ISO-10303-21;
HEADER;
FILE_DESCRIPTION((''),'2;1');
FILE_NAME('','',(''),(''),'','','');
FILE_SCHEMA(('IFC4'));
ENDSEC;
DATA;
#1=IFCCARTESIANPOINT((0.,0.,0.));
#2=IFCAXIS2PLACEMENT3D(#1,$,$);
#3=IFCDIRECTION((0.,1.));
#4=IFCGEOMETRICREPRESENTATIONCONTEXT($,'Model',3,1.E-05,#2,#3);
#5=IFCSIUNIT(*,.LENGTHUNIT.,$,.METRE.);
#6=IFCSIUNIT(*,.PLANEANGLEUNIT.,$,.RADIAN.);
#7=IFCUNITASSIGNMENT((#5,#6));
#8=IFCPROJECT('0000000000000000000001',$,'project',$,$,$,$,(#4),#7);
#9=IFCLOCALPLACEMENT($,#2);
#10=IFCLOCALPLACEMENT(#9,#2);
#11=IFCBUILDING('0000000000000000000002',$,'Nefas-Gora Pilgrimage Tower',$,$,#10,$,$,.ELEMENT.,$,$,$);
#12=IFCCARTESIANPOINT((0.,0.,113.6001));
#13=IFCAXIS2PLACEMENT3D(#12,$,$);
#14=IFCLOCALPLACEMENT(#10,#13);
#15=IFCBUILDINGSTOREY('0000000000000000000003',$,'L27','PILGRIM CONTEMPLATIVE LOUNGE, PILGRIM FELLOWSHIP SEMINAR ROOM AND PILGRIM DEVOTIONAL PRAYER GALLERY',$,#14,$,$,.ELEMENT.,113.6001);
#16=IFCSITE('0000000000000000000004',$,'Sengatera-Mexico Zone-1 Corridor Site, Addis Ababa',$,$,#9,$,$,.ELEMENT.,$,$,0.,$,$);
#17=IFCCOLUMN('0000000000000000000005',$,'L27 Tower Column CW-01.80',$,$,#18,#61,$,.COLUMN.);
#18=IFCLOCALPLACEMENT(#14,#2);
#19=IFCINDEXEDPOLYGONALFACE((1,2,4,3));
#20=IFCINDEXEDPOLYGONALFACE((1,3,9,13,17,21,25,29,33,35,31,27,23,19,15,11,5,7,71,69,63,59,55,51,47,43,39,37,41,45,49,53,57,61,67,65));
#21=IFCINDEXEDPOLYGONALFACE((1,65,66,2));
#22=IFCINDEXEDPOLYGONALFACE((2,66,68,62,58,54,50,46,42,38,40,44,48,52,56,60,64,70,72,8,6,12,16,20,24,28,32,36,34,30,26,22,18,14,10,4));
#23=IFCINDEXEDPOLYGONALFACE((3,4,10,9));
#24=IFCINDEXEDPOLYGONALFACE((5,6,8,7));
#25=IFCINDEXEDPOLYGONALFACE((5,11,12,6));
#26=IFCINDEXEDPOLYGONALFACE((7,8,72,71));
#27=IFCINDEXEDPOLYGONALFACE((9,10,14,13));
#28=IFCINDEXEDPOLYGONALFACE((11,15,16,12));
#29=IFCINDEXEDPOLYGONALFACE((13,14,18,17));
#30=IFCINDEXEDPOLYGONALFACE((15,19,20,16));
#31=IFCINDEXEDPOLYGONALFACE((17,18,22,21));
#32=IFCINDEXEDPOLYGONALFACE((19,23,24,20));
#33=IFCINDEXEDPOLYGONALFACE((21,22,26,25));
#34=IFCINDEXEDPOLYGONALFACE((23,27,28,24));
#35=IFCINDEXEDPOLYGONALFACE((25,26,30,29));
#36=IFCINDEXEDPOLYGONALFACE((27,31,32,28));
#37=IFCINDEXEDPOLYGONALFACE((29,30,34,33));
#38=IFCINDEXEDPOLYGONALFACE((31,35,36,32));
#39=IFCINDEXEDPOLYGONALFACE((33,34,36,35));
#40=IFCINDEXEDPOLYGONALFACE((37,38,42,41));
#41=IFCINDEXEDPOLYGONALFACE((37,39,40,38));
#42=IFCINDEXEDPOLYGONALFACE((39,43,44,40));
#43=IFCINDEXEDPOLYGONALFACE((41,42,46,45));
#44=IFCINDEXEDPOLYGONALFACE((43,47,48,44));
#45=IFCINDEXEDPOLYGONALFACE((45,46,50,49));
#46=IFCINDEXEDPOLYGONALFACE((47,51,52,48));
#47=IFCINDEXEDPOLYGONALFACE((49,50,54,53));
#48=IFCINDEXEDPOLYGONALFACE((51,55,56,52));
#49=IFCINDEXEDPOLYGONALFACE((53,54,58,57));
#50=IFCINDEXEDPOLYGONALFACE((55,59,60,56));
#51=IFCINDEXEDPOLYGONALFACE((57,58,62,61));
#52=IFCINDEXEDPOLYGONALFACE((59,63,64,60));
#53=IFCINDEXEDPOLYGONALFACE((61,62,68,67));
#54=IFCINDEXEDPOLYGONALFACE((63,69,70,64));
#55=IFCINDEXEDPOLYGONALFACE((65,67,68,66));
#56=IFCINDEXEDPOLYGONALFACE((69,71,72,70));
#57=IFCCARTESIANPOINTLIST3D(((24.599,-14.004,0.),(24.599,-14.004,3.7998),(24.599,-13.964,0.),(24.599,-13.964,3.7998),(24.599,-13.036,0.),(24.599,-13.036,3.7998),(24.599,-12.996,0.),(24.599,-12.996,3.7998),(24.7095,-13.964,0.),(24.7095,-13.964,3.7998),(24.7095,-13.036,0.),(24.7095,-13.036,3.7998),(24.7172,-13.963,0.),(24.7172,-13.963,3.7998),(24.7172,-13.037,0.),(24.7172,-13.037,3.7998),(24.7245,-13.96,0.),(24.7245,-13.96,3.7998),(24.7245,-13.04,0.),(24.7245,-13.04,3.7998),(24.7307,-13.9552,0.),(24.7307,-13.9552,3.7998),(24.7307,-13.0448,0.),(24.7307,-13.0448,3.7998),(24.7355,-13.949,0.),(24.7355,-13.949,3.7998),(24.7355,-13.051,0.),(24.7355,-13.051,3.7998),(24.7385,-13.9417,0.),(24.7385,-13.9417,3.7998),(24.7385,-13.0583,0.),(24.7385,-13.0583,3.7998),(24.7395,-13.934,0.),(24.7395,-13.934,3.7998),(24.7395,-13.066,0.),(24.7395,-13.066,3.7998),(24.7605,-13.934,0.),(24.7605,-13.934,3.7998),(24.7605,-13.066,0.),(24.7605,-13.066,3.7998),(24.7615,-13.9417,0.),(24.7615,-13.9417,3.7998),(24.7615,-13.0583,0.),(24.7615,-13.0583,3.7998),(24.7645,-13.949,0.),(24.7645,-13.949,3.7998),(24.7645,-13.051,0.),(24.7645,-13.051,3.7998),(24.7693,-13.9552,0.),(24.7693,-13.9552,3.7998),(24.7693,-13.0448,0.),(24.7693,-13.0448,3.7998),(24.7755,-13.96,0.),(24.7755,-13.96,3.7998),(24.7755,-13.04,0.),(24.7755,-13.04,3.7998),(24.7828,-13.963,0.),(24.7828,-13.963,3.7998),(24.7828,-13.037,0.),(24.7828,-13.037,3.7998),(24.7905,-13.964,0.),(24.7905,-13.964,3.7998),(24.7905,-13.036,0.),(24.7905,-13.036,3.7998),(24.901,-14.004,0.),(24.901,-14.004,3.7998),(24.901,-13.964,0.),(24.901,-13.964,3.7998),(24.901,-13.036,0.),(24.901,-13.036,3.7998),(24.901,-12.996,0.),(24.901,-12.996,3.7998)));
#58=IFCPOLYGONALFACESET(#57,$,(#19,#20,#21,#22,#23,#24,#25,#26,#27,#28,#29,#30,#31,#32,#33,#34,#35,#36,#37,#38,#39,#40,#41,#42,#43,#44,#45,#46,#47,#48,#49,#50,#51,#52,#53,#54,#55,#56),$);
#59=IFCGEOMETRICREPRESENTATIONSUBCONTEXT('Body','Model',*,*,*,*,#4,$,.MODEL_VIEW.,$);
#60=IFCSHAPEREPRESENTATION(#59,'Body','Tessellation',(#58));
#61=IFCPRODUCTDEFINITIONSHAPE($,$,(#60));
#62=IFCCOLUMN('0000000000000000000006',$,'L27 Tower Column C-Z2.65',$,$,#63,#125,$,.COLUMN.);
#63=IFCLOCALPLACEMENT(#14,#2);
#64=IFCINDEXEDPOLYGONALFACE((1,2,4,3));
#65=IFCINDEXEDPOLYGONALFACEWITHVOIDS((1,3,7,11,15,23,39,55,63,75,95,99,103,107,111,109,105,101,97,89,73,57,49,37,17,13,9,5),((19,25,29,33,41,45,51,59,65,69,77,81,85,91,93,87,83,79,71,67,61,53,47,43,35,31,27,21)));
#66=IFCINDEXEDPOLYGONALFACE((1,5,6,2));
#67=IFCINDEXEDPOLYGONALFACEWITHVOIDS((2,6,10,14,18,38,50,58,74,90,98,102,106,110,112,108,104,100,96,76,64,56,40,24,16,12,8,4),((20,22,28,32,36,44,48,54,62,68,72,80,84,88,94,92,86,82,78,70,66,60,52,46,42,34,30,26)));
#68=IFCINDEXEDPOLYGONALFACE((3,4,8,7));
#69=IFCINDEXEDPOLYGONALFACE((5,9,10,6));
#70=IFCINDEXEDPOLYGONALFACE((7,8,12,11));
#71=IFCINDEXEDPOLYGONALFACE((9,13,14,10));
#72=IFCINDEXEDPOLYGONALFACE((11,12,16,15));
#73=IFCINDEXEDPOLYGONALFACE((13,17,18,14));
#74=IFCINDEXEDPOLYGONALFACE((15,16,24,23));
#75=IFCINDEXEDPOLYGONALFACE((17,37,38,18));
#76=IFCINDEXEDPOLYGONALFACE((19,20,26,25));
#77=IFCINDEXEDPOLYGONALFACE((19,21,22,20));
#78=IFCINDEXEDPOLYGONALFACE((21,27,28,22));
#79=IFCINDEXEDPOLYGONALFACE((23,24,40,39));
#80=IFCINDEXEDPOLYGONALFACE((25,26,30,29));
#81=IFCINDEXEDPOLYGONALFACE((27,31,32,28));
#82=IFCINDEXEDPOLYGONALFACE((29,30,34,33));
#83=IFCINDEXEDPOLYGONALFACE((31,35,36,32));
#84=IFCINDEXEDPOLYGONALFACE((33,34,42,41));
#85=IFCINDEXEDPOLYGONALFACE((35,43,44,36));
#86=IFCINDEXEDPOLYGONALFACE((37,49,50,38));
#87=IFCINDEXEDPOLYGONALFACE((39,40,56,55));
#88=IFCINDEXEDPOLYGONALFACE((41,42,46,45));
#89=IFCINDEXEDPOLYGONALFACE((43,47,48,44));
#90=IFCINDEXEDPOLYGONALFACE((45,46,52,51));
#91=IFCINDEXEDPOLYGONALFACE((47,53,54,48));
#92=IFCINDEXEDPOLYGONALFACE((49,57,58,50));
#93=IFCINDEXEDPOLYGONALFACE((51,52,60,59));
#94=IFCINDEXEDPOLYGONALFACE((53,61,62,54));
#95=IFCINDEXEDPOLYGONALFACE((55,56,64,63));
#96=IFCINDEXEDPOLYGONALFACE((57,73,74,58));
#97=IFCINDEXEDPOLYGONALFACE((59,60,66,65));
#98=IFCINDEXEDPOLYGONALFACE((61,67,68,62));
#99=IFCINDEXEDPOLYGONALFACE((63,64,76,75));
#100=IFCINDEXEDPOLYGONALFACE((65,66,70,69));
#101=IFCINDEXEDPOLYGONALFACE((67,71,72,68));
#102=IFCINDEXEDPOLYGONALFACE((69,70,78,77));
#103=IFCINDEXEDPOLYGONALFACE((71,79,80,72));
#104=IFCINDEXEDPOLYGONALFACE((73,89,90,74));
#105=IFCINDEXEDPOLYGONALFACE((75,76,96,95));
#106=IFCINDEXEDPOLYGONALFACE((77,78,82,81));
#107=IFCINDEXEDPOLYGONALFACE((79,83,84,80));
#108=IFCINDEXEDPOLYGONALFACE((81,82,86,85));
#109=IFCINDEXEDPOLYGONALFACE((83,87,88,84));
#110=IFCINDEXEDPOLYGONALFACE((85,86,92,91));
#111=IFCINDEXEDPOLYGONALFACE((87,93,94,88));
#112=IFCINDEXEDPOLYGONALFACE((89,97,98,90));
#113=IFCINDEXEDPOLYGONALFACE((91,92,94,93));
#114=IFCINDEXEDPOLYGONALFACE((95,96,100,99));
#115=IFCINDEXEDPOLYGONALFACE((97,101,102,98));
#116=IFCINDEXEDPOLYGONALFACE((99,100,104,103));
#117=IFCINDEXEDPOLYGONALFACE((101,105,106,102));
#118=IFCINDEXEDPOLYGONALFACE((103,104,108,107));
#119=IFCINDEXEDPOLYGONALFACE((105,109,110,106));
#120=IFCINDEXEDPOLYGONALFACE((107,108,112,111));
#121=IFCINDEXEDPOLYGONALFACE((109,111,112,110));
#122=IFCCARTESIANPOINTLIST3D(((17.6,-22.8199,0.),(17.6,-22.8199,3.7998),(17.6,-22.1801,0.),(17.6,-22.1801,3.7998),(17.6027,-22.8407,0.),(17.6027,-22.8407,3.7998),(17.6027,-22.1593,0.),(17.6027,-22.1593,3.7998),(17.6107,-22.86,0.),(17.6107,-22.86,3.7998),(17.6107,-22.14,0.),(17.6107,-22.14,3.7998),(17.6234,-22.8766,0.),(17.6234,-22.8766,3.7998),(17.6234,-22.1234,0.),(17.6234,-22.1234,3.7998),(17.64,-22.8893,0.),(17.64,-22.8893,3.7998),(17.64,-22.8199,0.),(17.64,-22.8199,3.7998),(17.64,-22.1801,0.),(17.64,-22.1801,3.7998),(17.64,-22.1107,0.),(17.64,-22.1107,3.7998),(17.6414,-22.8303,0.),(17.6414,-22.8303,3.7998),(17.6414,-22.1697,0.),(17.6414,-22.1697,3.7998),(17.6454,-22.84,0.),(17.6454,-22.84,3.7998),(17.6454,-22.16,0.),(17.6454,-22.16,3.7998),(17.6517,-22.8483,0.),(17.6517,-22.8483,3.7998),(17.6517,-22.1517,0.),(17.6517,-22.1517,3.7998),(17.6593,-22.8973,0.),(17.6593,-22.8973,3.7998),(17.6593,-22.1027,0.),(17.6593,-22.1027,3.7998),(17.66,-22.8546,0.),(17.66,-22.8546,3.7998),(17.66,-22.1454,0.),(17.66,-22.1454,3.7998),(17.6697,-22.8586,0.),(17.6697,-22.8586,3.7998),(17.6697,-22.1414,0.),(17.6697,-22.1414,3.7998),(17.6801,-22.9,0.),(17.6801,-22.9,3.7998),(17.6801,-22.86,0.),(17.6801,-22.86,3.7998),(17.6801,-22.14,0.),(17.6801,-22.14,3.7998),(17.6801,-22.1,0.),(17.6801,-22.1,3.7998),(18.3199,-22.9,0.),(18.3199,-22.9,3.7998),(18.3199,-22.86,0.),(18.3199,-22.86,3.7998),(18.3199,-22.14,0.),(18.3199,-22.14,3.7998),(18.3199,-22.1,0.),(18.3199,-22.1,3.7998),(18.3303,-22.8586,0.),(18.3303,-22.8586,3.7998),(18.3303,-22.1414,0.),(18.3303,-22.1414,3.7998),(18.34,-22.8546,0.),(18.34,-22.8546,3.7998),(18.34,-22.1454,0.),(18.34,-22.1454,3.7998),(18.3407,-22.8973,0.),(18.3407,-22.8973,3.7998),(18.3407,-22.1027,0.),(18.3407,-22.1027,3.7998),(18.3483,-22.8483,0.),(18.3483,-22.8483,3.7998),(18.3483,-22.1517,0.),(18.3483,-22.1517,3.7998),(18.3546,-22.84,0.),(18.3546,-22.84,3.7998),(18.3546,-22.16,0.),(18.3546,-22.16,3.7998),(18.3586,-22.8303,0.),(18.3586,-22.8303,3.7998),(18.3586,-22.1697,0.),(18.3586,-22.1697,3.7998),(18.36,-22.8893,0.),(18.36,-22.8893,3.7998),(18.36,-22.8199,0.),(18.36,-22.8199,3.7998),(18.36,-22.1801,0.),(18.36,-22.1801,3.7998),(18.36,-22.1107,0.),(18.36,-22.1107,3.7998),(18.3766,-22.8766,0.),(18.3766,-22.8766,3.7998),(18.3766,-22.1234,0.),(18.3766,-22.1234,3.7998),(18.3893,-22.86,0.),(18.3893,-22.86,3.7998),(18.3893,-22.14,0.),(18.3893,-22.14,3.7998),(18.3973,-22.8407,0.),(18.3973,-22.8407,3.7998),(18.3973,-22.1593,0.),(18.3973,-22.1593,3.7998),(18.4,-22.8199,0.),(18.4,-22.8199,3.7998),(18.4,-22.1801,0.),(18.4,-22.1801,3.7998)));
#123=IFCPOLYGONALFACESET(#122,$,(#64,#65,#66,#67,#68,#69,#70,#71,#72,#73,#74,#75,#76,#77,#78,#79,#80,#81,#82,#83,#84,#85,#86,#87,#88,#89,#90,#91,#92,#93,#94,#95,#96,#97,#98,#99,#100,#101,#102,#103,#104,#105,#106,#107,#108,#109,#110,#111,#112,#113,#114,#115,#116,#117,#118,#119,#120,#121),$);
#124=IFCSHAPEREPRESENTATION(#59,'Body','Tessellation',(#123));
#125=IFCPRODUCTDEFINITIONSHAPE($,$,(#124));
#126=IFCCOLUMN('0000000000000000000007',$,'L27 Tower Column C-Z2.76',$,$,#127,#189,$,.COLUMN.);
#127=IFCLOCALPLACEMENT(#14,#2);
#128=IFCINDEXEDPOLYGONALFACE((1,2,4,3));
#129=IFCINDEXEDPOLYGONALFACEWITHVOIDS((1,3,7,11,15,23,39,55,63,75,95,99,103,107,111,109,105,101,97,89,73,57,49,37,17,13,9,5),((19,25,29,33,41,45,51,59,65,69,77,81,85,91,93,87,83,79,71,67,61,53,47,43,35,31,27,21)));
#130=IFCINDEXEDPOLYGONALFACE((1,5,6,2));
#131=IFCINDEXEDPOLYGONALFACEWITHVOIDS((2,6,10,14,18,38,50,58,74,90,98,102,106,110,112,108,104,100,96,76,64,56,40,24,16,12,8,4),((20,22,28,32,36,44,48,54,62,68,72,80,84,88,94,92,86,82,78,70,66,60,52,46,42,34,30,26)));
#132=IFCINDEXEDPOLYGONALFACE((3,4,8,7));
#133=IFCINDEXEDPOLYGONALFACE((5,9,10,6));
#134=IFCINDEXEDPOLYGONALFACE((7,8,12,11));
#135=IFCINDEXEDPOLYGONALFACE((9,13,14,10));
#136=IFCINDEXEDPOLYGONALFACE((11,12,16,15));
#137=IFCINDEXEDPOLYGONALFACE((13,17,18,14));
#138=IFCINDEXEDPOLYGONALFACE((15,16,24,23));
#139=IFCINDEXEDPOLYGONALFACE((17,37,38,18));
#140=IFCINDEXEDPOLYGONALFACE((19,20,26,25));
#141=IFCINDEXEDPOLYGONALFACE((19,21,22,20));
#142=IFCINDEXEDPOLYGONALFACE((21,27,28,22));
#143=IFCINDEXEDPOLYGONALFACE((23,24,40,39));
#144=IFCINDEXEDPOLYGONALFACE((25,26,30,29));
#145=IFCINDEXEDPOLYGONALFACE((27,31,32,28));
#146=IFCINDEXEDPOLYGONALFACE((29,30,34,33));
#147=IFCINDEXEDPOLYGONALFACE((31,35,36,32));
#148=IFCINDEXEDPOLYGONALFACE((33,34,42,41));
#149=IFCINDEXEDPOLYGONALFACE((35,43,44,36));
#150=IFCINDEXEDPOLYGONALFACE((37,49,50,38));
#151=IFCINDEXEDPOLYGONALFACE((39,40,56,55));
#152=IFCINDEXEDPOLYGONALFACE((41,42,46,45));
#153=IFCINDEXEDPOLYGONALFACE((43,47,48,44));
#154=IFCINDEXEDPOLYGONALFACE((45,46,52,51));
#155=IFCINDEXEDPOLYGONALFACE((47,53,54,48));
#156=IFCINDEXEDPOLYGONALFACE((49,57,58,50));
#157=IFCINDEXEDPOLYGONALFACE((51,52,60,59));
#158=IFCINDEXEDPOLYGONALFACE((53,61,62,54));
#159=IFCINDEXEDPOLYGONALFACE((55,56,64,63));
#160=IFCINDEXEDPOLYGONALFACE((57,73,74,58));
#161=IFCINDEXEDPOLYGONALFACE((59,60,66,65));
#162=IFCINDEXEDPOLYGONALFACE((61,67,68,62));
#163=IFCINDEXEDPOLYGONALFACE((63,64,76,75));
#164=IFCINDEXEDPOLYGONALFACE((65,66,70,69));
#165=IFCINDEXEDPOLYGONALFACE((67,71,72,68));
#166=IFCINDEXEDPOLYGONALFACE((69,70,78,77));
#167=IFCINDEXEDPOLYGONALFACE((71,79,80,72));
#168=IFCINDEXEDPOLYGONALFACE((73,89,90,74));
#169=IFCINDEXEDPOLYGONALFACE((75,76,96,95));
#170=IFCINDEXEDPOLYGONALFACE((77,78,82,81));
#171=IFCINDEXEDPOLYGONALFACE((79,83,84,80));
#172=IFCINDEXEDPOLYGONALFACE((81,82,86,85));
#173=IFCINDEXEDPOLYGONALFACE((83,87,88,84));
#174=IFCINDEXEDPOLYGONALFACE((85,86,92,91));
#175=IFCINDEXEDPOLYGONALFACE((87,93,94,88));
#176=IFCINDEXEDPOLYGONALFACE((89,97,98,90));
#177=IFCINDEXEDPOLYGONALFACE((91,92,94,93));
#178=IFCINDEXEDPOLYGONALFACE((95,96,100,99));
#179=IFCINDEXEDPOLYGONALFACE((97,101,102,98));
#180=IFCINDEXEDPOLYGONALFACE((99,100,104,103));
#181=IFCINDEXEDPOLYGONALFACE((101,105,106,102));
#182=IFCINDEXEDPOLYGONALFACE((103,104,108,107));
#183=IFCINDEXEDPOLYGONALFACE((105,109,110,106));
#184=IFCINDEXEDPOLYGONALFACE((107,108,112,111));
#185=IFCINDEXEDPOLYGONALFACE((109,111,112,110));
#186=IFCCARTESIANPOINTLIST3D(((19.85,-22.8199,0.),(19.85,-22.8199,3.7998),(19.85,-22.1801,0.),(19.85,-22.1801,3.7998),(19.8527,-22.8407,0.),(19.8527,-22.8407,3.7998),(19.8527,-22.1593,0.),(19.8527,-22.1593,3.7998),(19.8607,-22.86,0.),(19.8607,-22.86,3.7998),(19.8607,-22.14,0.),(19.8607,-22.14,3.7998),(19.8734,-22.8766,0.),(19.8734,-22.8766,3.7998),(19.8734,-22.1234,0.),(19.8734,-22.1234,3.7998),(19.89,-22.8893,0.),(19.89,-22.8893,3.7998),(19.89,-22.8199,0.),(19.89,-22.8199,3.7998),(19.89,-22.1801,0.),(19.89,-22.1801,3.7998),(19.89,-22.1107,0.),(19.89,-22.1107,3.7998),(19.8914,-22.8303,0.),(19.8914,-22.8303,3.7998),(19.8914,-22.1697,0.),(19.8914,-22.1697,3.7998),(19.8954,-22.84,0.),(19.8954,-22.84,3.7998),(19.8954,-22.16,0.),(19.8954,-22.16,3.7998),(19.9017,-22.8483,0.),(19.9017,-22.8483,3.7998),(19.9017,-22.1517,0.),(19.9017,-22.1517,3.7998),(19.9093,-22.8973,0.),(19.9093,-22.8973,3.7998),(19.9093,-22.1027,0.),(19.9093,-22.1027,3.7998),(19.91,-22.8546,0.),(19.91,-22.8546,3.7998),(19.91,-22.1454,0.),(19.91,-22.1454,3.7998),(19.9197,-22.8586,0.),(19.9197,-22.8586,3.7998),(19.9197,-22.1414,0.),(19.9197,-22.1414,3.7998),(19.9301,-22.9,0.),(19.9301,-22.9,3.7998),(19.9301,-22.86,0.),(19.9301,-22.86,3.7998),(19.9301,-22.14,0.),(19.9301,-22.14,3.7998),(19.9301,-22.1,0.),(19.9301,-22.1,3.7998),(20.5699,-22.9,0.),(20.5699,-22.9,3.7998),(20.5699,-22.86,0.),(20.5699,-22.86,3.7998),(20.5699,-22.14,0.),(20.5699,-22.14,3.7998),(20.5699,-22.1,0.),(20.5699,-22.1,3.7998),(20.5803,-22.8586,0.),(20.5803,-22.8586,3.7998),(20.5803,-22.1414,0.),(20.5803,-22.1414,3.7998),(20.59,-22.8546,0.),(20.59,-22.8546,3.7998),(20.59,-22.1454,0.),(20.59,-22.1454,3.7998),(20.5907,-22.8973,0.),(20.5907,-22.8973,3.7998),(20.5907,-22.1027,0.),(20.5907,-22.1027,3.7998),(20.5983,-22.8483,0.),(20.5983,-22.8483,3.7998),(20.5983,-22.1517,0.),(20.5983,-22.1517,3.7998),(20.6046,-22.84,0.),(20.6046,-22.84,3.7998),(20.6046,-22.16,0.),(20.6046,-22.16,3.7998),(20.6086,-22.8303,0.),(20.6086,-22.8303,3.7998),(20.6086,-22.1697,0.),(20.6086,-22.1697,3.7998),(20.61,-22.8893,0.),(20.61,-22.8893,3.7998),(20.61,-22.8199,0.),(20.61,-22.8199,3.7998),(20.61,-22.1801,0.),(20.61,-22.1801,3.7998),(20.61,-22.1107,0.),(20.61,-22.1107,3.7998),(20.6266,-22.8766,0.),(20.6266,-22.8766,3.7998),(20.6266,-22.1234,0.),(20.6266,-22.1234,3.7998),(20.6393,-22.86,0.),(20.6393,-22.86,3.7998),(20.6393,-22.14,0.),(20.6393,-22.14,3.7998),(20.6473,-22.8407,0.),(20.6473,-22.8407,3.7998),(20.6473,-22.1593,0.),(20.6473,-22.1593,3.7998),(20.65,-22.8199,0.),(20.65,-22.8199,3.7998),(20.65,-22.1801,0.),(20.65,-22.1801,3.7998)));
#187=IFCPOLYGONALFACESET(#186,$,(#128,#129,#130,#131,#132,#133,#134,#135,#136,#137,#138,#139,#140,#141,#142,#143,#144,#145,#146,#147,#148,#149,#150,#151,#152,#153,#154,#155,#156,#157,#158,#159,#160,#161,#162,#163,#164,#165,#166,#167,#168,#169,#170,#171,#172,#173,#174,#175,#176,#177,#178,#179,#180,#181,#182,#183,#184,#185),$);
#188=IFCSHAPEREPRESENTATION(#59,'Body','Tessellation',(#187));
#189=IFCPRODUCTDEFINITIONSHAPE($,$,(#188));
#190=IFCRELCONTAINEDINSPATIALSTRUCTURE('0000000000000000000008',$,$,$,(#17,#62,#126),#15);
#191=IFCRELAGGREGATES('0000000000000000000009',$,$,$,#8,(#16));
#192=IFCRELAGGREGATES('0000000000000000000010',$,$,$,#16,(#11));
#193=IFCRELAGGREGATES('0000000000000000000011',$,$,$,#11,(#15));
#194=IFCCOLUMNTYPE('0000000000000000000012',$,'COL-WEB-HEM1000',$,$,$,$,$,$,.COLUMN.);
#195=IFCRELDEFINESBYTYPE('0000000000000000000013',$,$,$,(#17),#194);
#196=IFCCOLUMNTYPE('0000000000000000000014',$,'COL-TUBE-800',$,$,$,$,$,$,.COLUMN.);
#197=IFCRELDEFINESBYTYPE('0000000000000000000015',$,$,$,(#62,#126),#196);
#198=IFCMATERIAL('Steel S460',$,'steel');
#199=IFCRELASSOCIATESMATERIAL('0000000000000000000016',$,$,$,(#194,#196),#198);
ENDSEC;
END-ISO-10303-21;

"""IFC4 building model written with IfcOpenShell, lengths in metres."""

from ifc_helpers import new_model, si_unit, direction, frame, origin, origin_2d, place, context, subcontext, project, spatial, hollow_rectangle, i_section, extrude, source, transform, mapped, material, material_profile, profile_set, type_object, element, save


model = new_model("IFC4")

# Units and contexts
model_context = context("Model", 3, precision=1e-05, world=origin(), true_north=direction((0.0, 1.0)))
body_context = subcontext(model_context, "Body", "Model", "MODEL_VIEW")
ifc_project = project(units=[si_unit("LENGTHUNIT", "METRE"), si_unit("PLANEANGLEUNIT", "RADIAN")], contexts=[model_context])

# Site, building, storey
site_placement = place(None, origin())
site = spatial("IfcSite", under=ifc_project, at=site_placement, Name="Sengatera-Mexico Zone-1 Corridor Site, Addis Ababa", CompositionType="ELEMENT", RefElevation=0.0)
building_placement = place(site_placement, origin())
building = spatial("IfcBuilding", under=site, at=building_placement, Name="Nefas-Gora Pilgrimage Tower", CompositionType="ELEMENT")
storey_placement = place(building_placement, frame((0.0, 0.0, 113.6001)))
storey = spatial("IfcBuildingStorey", under=building, at=storey_placement, Name="L27", Description="PILGRIM CONTEMPLATIVE LOUNGE, PILGRIM FELLOWSHIP SEMINAR ROOM AND PILGRIM DEVOTIONAL PRAYER GALLERY", CompositionType="ELEMENT", Elevation=113.6001)

# Columns
ifc_material_1 = material(Name="Steel S460", Category="steel")
ifc_material_profile_1 = material_profile(ifc_material_1, i_section(OverallWidth=0.302, OverallDepth=1.0081, WebThickness=0.021, FlangeThickness=0.04, FilletRadius=0.03, at=origin_2d()), Name="HEM 1000")
ifc_profile_set_1 = profile_set([ifc_material_profile_1], Name="Steel S460")
column_type_1 = type_object("IfcColumnType", Name="COL-WEB-HEM1000", PredefinedType="COLUMN", material=ifc_profile_set_1)
shared_shape_1 = source(origin(), body_context, "Body", "SweptSolid", [
    extrude(i_section(OverallWidth=0.302, OverallDepth=1.0081, WebThickness=0.021, FlangeThickness=0.04, FilletRadius=0.03, at=origin_2d()), origin(), (0.0, 0.0, 1.0), 3.7998),
])
for number, where, z_axis, x_axis, name in (
    (1, (24.75, -13.5, 0.0), (0.0, 0.0, 1.0), (1.0, 0.0, 0.0), "L27 Tower Column CW-01.80"),
):
    element("IfcColumn", number, at=place(storey_placement, frame(where, z_axis=z_axis, x_axis=x_axis)), inside=storey, type_object=column_type_1, Name=name, PredefinedType="COLUMN", context=body_context, shape_type="MappedRepresentation", body=[
        mapped(shared_shape_1, transform((0.0, 0.0, 0.0), x_axis=(1.0, 0.0, 0.0), y_axis=(0.0, 1.0, 0.0), z_axis=(0.0, 0.0, 1.0), scale=1.0)),
    ])
ifc_material_profile_2 = material_profile(ifc_material_1, hollow_rectangle(XDim=0.8, YDim=0.8, WallThickness=0.04, InnerFilletRadius=0.04, OuterFilletRadius=0.0801, at=origin_2d()), Name="BOX 800x800x40")
ifc_profile_set_2 = profile_set([ifc_material_profile_2], Name="Steel S460")
column_type_2 = type_object("IfcColumnType", Name="COL-TUBE-800", PredefinedType="COLUMN", material=ifc_profile_set_2)
shared_shape_2 = source(origin(), body_context, "Body", "SweptSolid", [
    extrude(hollow_rectangle(XDim=0.8, YDim=0.8, WallThickness=0.04, InnerFilletRadius=0.04, OuterFilletRadius=0.0801, at=origin_2d()), origin(), (0.0, 0.0, 1.0), 3.7998),
])
for number, where, z_axis, x_axis, name in (
    (2, (18.0, -22.5, 0.0), (0.0, 0.0, 1.0), (1.0, 0.0, 0.0), "L27 Tower Column C-Z2.65"),
    (3, (20.25, -22.5, 0.0), (0.0, 0.0, 1.0), (1.0, 0.0, 0.0), "L27 Tower Column C-Z2.76"),
):
    element("IfcColumn", number, at=place(storey_placement, frame(where, z_axis=z_axis, x_axis=x_axis)), inside=storey, type_object=column_type_2, Name=name, PredefinedType="COLUMN", context=body_context, shape_type="MappedRepresentation", body=[
        mapped(shared_shape_2, transform((0.0, 0.0, 0.0), x_axis=(1.0, 0.0, 0.0), y_axis=(0.0, 1.0, 0.0), z_axis=(0.0, 0.0, 1.0), scale=1.0)),
    ])

save(model, "model.ifc")
